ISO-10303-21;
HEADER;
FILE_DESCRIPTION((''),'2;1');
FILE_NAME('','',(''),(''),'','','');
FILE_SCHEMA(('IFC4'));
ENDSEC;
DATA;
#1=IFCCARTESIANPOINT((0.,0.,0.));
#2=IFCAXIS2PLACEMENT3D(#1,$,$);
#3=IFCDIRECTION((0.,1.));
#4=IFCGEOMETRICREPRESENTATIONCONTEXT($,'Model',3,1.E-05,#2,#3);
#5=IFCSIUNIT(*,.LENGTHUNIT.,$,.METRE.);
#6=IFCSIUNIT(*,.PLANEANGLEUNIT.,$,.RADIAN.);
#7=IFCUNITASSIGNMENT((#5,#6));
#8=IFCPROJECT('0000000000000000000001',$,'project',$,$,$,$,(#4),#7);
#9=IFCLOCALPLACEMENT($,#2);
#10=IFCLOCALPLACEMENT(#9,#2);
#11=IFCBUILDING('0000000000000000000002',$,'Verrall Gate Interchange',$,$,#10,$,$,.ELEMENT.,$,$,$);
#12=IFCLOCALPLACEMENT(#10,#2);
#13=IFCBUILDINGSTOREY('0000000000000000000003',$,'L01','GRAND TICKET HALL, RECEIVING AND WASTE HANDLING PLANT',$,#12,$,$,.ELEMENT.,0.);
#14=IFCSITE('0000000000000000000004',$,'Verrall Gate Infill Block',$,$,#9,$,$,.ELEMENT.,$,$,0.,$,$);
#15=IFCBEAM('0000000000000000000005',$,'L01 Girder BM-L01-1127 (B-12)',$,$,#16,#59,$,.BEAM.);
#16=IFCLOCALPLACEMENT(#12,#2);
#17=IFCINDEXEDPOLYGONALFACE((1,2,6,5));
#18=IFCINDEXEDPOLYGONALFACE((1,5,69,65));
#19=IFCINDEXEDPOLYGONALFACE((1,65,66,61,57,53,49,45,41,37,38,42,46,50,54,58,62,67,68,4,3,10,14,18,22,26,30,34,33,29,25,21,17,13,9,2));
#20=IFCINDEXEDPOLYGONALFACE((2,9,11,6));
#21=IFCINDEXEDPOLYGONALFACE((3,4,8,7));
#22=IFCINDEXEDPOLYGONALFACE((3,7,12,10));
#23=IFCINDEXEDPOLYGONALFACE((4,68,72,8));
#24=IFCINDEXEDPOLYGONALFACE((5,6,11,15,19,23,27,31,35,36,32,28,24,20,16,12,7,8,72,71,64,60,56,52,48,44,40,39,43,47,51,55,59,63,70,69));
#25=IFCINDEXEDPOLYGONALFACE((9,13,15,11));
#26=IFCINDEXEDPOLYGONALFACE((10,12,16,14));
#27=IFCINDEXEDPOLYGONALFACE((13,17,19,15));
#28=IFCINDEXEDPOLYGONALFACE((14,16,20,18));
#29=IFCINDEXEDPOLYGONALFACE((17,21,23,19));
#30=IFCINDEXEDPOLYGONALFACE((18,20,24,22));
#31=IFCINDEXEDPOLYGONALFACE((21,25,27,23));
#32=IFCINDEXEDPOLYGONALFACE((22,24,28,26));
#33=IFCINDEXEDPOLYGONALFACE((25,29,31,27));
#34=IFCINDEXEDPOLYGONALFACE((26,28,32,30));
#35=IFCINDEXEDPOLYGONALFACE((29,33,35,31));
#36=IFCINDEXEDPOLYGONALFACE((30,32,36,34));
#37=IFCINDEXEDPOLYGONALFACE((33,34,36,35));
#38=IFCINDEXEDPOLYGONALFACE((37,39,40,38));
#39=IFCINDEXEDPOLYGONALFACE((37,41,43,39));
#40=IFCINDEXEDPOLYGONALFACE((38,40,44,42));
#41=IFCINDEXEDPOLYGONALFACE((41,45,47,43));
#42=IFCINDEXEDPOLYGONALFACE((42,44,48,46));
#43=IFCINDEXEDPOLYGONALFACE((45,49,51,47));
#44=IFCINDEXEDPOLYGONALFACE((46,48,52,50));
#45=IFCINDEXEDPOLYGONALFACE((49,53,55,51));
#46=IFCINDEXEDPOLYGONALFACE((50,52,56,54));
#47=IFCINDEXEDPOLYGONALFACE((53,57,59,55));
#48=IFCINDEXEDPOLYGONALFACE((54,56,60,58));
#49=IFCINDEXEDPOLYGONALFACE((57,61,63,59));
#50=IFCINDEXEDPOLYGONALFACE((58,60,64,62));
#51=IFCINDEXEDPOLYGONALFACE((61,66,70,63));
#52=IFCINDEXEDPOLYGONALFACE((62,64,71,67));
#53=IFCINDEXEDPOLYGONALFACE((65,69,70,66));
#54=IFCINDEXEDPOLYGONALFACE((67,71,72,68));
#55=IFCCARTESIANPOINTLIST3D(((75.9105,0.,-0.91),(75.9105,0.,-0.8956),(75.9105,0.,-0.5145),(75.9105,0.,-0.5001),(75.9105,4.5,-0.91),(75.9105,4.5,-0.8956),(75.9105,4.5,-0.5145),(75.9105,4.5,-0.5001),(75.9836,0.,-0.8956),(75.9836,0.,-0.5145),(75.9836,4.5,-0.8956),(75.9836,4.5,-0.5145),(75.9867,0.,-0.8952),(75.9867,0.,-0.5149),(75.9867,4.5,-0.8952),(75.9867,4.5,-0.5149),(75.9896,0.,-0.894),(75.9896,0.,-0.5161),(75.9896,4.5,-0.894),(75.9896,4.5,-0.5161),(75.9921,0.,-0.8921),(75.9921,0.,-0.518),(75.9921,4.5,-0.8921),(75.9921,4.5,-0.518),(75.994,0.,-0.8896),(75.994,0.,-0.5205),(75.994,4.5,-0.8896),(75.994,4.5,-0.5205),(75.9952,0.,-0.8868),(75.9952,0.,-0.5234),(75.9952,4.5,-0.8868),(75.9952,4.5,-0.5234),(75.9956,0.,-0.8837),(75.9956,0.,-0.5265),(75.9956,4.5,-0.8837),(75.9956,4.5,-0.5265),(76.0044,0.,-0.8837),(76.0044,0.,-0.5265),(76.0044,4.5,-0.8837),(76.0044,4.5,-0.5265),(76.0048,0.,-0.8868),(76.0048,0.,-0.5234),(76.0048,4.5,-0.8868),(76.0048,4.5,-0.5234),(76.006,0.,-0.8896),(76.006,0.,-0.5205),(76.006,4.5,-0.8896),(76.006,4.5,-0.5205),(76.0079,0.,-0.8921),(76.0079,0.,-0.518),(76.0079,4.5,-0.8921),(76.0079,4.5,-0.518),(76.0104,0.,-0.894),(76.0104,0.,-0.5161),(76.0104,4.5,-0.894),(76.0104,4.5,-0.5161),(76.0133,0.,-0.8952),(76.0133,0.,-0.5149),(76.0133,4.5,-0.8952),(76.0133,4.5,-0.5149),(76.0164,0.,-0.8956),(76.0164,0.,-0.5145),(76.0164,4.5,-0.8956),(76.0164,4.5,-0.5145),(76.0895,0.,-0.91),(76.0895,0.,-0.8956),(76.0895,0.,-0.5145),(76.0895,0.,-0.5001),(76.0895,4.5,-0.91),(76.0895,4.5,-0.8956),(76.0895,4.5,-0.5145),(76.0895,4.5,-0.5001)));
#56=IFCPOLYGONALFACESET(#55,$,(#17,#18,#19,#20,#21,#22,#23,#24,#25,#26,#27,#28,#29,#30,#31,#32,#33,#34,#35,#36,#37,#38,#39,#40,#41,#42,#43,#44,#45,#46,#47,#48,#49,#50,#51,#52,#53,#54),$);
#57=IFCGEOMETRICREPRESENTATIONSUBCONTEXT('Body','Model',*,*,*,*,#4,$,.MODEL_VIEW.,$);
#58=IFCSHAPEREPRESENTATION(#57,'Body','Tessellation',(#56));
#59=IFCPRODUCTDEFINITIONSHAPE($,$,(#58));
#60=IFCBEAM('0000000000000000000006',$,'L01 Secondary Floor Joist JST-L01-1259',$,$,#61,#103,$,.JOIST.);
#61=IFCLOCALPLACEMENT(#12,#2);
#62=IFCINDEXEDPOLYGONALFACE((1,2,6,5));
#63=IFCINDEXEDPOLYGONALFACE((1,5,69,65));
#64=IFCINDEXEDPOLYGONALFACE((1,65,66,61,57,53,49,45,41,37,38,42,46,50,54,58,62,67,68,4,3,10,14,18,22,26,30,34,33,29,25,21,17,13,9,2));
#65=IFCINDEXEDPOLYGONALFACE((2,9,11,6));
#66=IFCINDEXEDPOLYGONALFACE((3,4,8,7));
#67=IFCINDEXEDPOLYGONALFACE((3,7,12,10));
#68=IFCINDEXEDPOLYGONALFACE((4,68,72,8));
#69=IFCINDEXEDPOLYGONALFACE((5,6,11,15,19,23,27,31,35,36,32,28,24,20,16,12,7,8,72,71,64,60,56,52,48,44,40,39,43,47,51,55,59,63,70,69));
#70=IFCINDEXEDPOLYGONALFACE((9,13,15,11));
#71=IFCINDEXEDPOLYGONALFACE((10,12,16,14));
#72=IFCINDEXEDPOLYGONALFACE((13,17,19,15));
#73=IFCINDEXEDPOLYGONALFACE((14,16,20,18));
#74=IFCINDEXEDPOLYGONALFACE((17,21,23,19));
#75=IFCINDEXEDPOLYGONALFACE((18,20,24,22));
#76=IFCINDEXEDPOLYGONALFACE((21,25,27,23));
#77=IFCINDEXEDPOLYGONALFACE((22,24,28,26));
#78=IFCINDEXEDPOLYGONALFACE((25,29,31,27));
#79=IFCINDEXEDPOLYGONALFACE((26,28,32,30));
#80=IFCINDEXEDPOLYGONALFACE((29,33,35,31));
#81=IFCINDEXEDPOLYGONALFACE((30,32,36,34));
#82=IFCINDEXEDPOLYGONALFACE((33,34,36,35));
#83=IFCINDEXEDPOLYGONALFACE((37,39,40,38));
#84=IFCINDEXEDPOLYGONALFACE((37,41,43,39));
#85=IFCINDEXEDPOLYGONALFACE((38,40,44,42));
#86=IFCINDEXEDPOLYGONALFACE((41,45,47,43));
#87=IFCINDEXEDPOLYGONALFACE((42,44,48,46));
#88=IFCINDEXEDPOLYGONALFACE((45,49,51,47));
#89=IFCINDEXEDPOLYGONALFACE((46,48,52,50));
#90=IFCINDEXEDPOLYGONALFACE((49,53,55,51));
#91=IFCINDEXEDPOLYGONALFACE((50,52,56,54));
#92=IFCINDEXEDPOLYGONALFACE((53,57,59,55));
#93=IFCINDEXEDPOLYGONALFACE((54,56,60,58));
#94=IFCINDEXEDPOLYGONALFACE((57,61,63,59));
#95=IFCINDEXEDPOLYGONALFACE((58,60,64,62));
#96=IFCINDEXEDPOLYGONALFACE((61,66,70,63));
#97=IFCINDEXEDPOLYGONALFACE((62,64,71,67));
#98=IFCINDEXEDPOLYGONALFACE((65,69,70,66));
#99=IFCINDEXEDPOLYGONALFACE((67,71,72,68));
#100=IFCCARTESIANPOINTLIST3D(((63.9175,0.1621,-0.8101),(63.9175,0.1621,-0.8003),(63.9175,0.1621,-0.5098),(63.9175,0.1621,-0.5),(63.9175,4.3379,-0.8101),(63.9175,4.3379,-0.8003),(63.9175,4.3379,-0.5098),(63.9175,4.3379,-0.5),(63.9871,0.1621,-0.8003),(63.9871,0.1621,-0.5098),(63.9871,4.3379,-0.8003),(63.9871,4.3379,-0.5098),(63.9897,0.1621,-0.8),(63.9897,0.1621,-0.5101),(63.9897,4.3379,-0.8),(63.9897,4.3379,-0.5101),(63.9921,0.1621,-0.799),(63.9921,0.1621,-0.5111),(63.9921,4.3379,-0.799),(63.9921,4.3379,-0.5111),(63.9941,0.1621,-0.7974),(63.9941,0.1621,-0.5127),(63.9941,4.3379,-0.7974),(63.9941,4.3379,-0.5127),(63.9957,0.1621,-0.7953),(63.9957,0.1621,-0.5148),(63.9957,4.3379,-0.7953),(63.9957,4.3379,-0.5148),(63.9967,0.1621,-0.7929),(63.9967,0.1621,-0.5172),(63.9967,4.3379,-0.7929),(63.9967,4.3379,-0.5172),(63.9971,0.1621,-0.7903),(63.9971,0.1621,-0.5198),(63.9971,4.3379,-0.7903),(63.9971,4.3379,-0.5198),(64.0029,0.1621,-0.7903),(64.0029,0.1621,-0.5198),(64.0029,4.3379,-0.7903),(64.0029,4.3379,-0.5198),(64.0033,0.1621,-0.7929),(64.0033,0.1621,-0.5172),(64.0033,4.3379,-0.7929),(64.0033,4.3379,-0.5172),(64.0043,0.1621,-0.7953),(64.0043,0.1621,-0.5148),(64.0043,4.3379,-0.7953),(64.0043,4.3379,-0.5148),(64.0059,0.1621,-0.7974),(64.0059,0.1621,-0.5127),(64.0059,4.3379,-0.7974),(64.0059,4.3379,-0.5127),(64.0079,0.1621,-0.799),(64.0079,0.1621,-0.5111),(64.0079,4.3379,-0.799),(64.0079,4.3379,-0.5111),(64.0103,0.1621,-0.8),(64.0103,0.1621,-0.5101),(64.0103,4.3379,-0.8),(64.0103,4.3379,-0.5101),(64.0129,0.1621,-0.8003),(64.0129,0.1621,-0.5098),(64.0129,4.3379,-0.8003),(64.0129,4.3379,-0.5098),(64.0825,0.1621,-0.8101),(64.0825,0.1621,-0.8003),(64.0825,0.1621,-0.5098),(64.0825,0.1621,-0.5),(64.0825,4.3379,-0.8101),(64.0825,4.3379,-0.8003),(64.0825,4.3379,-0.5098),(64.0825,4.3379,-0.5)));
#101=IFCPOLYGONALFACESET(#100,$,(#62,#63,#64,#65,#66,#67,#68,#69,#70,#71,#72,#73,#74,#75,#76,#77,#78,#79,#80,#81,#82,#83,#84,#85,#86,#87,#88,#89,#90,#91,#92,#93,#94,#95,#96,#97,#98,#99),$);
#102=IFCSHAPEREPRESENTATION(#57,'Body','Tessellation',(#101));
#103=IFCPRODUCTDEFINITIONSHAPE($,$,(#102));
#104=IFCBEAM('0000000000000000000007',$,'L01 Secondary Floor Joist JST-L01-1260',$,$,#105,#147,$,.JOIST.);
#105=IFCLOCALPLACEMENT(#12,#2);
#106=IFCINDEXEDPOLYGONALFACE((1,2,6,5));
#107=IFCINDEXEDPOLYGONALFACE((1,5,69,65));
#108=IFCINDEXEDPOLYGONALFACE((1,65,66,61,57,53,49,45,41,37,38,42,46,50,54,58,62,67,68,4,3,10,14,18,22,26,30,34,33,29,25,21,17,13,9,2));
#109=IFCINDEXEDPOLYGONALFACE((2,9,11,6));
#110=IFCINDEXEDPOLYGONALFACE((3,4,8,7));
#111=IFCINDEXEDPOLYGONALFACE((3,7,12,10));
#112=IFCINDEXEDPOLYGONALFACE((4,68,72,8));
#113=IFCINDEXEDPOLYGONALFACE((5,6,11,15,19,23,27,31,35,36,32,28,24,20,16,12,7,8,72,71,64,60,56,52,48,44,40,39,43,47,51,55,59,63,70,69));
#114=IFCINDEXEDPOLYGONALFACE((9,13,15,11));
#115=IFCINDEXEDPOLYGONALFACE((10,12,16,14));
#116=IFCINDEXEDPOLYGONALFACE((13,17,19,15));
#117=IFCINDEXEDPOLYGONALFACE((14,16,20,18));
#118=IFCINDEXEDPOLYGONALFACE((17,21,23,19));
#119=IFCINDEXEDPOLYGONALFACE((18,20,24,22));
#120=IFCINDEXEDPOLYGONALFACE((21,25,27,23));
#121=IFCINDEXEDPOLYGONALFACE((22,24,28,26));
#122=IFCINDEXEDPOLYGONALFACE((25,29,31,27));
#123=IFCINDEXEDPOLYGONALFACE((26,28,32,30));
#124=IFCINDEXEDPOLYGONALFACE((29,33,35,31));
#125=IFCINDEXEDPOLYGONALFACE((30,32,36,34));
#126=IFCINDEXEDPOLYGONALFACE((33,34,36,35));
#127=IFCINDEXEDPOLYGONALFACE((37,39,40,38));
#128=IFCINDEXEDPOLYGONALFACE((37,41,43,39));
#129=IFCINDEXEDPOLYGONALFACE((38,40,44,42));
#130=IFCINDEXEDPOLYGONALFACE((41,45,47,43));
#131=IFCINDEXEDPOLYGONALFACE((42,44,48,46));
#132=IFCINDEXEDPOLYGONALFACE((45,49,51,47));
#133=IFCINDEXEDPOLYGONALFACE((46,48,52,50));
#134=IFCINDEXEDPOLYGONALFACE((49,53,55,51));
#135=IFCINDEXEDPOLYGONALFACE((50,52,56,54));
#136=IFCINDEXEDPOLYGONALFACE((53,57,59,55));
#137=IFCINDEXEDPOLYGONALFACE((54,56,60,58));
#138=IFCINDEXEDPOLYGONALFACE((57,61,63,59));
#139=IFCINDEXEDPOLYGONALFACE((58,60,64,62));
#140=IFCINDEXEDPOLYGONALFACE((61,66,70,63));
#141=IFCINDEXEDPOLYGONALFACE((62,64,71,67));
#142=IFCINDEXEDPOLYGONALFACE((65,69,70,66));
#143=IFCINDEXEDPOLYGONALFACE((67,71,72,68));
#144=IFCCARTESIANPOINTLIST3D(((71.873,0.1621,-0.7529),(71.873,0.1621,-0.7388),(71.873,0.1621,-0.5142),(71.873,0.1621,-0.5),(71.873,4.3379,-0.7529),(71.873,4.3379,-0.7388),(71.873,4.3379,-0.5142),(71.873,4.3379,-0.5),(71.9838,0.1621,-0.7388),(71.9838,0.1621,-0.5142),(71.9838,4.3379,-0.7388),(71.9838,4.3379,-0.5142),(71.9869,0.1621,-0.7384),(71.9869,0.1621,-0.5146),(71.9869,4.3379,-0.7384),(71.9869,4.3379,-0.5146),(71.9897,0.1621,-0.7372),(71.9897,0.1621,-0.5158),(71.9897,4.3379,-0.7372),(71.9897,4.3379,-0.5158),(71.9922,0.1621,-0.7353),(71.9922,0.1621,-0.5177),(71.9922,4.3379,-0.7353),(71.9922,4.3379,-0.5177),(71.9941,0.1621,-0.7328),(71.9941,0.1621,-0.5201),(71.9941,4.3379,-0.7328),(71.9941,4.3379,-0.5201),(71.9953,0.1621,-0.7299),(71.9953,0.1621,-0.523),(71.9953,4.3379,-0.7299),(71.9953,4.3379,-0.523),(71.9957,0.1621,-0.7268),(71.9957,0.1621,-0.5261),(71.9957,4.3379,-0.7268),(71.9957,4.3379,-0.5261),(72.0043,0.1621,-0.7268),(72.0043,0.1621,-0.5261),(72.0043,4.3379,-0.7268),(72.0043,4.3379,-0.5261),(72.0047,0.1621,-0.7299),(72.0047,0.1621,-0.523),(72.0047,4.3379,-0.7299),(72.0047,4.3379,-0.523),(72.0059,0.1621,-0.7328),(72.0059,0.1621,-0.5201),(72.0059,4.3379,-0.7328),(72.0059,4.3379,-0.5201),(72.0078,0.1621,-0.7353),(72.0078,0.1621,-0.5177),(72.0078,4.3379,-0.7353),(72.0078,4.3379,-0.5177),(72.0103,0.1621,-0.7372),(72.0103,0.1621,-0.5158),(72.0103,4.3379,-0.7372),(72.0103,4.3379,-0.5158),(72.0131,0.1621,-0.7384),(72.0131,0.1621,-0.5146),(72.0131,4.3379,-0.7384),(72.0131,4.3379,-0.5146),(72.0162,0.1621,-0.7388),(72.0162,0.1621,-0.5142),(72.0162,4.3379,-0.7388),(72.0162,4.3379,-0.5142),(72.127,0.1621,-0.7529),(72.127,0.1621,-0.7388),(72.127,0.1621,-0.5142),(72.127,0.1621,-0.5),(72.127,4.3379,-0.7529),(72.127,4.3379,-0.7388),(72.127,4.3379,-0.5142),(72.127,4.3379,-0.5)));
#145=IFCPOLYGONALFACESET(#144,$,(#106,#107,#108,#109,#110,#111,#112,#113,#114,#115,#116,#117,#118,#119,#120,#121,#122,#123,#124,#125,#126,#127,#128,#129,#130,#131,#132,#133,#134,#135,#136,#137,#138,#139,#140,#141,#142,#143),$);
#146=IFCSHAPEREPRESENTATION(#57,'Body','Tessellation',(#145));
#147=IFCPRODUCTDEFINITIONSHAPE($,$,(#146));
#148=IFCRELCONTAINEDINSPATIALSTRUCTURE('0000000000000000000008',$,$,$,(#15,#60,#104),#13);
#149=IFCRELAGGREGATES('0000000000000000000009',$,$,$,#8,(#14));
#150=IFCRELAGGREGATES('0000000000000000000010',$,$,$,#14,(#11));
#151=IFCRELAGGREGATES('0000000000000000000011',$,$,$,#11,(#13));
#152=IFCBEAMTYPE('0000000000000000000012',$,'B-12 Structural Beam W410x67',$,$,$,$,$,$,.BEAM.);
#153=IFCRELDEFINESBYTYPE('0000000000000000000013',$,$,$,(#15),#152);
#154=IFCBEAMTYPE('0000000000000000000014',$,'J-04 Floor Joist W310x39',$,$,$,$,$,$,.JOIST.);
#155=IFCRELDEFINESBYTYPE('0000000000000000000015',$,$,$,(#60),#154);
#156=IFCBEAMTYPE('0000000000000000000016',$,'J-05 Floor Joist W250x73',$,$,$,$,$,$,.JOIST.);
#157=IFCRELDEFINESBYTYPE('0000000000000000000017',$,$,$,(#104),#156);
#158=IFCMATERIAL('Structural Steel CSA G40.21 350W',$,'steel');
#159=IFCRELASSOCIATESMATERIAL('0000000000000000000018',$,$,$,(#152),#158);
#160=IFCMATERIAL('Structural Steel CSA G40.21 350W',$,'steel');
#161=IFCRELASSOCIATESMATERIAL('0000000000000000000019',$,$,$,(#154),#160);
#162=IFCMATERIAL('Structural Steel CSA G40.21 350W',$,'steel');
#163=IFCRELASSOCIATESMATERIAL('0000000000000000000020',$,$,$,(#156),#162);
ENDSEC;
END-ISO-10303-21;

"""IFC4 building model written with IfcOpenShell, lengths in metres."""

from ifc_helpers import new_model, si_unit, direction, frame, origin, origin_2d, place, context, subcontext, project, spatial, i_section, extrude, material, material_profile, profile_set, type_object, element, save


model = new_model("IFC4")

# Units and contexts
model_context = context("Model", 3, precision=1e-05, world=origin(), true_north=direction((0.0, 1.0)))
body_context = subcontext(model_context, "Body", "Model", "MODEL_VIEW")
ifc_project = project(units=[si_unit("LENGTHUNIT", "METRE"), si_unit("PLANEANGLEUNIT", "RADIAN")], contexts=[model_context])

# Site, building, storey
site_placement = place(None, origin())
site = spatial("IfcSite", under=ifc_project, at=site_placement, Name="Verrall Gate Infill Block", CompositionType="ELEMENT", RefElevation=0.0)
building_placement = place(site_placement, origin())
building = spatial("IfcBuilding", under=site, at=building_placement, Name="Verrall Gate Interchange", CompositionType="ELEMENT")
storey_placement = place(building_placement, origin())
storey = spatial("IfcBuildingStorey", under=building, at=storey_placement, Name="L01", Description="GRAND TICKET HALL, RECEIVING AND WASTE HANDLING PLANT", CompositionType="ELEMENT", Elevation=0.0)

# Beams
ifc_material_1 = material(Name="Structural Steel CSA G40.21 350W", Category="steel")
ifc_material_profile_1 = material_profile(ifc_material_1, i_section(OverallWidth=0.179, OverallDepth=0.4099, WebThickness=0.0088, FlangeThickness=0.0144, FilletRadius=0.012, at=origin_2d()), Name="W410x67")
ifc_profile_set_1 = profile_set([ifc_material_profile_1], Name="Structural Steel CSA G40.21 350W")
beam_type_1 = type_object("IfcBeamType", Name="B-12 Structural Beam W410x67", PredefinedType="BEAM", material=ifc_profile_set_1)
for number, where, z_axis, x_axis, name in (
    (1, (76.0, 0.0, -0.7051), (0.0, 1.0, 0.0), (-1.0, 0.0, 0.0), "L01 Girder BM-L01-1127 (B-12)"),
):
    element("IfcBeam", number, at=place(storey_placement, frame(where, z_axis=z_axis, x_axis=x_axis)), inside=storey, type_object=beam_type_1, Name=name, PredefinedType="BEAM", context=body_context, shape_type="SweptSolid", body=[
        extrude(i_section(OverallWidth=0.179, OverallDepth=0.4099, WebThickness=0.0088, FlangeThickness=0.0144, FilletRadius=0.012, at=origin_2d()), origin(), (0.0, 0.0, 1.0), 4.5),
    ])
ifc_material_2 = material(Name="Structural Steel CSA G40.21 350W", Category="steel")
ifc_material_profile_2 = material_profile(ifc_material_2, i_section(OverallWidth=0.165, OverallDepth=0.3101, WebThickness=0.0059, FlangeThickness=0.0098, FilletRadius=0.01, at=origin_2d()), Name="W310x39")
ifc_profile_set_2 = profile_set([ifc_material_profile_2], Name="Structural Steel CSA G40.21 350W")
beam_type_2 = type_object("IfcBeamType", Name="J-04 Floor Joist W310x39", PredefinedType="JOIST", material=ifc_profile_set_2)
beam_1_placement = place(storey_placement, frame((64.0, 0.1621, -0.655), z_axis=(0.0, 1.0, 0.0), x_axis=(-1.0, 0.0, 0.0)))
element("IfcBeam", 2, at=beam_1_placement, inside=storey, type_object=beam_type_2, Name="L01 Secondary Floor Joist JST-L01-1259", PredefinedType="JOIST", context=body_context, shape_type="SweptSolid", body=[
    extrude(i_section(OverallWidth=0.165, OverallDepth=0.3101, WebThickness=0.0059, FlangeThickness=0.0098, FilletRadius=0.01, at=origin_2d()), origin(), (0.0, 0.0, 1.0), 4.1758),
])
ifc_material_3 = material(Name="Structural Steel CSA G40.21 350W", Category="steel")
ifc_material_profile_3 = material_profile(ifc_material_3, i_section(OverallWidth=0.2539, OverallDepth=0.2529, WebThickness=0.0085, FlangeThickness=0.0142, FilletRadius=0.012, at=origin_2d()), Name="W250x73")
ifc_profile_set_3 = profile_set([ifc_material_profile_3], Name="Structural Steel CSA G40.21 350W")
beam_type_3 = type_object("IfcBeamType", Name="J-05 Floor Joist W250x73", PredefinedType="JOIST", material=ifc_profile_set_3)
beam_2_placement = place(storey_placement, frame((72.0, 0.1621, -0.6265), z_axis=(0.0, 1.0, 0.0), x_axis=(-1.0, 0.0, 0.0)))
element("IfcBeam", 3, at=beam_2_placement, inside=storey, type_object=beam_type_3, Name="L01 Secondary Floor Joist JST-L01-1260", PredefinedType="JOIST", context=body_context, shape_type="SweptSolid", body=[
    extrude(i_section(OverallWidth=0.2539, OverallDepth=0.2529, WebThickness=0.0085, FlangeThickness=0.0142, FilletRadius=0.012, at=origin_2d()), origin(), (0.0, 0.0, 1.0), 4.1758),
])

save(model, "model.ifc")
